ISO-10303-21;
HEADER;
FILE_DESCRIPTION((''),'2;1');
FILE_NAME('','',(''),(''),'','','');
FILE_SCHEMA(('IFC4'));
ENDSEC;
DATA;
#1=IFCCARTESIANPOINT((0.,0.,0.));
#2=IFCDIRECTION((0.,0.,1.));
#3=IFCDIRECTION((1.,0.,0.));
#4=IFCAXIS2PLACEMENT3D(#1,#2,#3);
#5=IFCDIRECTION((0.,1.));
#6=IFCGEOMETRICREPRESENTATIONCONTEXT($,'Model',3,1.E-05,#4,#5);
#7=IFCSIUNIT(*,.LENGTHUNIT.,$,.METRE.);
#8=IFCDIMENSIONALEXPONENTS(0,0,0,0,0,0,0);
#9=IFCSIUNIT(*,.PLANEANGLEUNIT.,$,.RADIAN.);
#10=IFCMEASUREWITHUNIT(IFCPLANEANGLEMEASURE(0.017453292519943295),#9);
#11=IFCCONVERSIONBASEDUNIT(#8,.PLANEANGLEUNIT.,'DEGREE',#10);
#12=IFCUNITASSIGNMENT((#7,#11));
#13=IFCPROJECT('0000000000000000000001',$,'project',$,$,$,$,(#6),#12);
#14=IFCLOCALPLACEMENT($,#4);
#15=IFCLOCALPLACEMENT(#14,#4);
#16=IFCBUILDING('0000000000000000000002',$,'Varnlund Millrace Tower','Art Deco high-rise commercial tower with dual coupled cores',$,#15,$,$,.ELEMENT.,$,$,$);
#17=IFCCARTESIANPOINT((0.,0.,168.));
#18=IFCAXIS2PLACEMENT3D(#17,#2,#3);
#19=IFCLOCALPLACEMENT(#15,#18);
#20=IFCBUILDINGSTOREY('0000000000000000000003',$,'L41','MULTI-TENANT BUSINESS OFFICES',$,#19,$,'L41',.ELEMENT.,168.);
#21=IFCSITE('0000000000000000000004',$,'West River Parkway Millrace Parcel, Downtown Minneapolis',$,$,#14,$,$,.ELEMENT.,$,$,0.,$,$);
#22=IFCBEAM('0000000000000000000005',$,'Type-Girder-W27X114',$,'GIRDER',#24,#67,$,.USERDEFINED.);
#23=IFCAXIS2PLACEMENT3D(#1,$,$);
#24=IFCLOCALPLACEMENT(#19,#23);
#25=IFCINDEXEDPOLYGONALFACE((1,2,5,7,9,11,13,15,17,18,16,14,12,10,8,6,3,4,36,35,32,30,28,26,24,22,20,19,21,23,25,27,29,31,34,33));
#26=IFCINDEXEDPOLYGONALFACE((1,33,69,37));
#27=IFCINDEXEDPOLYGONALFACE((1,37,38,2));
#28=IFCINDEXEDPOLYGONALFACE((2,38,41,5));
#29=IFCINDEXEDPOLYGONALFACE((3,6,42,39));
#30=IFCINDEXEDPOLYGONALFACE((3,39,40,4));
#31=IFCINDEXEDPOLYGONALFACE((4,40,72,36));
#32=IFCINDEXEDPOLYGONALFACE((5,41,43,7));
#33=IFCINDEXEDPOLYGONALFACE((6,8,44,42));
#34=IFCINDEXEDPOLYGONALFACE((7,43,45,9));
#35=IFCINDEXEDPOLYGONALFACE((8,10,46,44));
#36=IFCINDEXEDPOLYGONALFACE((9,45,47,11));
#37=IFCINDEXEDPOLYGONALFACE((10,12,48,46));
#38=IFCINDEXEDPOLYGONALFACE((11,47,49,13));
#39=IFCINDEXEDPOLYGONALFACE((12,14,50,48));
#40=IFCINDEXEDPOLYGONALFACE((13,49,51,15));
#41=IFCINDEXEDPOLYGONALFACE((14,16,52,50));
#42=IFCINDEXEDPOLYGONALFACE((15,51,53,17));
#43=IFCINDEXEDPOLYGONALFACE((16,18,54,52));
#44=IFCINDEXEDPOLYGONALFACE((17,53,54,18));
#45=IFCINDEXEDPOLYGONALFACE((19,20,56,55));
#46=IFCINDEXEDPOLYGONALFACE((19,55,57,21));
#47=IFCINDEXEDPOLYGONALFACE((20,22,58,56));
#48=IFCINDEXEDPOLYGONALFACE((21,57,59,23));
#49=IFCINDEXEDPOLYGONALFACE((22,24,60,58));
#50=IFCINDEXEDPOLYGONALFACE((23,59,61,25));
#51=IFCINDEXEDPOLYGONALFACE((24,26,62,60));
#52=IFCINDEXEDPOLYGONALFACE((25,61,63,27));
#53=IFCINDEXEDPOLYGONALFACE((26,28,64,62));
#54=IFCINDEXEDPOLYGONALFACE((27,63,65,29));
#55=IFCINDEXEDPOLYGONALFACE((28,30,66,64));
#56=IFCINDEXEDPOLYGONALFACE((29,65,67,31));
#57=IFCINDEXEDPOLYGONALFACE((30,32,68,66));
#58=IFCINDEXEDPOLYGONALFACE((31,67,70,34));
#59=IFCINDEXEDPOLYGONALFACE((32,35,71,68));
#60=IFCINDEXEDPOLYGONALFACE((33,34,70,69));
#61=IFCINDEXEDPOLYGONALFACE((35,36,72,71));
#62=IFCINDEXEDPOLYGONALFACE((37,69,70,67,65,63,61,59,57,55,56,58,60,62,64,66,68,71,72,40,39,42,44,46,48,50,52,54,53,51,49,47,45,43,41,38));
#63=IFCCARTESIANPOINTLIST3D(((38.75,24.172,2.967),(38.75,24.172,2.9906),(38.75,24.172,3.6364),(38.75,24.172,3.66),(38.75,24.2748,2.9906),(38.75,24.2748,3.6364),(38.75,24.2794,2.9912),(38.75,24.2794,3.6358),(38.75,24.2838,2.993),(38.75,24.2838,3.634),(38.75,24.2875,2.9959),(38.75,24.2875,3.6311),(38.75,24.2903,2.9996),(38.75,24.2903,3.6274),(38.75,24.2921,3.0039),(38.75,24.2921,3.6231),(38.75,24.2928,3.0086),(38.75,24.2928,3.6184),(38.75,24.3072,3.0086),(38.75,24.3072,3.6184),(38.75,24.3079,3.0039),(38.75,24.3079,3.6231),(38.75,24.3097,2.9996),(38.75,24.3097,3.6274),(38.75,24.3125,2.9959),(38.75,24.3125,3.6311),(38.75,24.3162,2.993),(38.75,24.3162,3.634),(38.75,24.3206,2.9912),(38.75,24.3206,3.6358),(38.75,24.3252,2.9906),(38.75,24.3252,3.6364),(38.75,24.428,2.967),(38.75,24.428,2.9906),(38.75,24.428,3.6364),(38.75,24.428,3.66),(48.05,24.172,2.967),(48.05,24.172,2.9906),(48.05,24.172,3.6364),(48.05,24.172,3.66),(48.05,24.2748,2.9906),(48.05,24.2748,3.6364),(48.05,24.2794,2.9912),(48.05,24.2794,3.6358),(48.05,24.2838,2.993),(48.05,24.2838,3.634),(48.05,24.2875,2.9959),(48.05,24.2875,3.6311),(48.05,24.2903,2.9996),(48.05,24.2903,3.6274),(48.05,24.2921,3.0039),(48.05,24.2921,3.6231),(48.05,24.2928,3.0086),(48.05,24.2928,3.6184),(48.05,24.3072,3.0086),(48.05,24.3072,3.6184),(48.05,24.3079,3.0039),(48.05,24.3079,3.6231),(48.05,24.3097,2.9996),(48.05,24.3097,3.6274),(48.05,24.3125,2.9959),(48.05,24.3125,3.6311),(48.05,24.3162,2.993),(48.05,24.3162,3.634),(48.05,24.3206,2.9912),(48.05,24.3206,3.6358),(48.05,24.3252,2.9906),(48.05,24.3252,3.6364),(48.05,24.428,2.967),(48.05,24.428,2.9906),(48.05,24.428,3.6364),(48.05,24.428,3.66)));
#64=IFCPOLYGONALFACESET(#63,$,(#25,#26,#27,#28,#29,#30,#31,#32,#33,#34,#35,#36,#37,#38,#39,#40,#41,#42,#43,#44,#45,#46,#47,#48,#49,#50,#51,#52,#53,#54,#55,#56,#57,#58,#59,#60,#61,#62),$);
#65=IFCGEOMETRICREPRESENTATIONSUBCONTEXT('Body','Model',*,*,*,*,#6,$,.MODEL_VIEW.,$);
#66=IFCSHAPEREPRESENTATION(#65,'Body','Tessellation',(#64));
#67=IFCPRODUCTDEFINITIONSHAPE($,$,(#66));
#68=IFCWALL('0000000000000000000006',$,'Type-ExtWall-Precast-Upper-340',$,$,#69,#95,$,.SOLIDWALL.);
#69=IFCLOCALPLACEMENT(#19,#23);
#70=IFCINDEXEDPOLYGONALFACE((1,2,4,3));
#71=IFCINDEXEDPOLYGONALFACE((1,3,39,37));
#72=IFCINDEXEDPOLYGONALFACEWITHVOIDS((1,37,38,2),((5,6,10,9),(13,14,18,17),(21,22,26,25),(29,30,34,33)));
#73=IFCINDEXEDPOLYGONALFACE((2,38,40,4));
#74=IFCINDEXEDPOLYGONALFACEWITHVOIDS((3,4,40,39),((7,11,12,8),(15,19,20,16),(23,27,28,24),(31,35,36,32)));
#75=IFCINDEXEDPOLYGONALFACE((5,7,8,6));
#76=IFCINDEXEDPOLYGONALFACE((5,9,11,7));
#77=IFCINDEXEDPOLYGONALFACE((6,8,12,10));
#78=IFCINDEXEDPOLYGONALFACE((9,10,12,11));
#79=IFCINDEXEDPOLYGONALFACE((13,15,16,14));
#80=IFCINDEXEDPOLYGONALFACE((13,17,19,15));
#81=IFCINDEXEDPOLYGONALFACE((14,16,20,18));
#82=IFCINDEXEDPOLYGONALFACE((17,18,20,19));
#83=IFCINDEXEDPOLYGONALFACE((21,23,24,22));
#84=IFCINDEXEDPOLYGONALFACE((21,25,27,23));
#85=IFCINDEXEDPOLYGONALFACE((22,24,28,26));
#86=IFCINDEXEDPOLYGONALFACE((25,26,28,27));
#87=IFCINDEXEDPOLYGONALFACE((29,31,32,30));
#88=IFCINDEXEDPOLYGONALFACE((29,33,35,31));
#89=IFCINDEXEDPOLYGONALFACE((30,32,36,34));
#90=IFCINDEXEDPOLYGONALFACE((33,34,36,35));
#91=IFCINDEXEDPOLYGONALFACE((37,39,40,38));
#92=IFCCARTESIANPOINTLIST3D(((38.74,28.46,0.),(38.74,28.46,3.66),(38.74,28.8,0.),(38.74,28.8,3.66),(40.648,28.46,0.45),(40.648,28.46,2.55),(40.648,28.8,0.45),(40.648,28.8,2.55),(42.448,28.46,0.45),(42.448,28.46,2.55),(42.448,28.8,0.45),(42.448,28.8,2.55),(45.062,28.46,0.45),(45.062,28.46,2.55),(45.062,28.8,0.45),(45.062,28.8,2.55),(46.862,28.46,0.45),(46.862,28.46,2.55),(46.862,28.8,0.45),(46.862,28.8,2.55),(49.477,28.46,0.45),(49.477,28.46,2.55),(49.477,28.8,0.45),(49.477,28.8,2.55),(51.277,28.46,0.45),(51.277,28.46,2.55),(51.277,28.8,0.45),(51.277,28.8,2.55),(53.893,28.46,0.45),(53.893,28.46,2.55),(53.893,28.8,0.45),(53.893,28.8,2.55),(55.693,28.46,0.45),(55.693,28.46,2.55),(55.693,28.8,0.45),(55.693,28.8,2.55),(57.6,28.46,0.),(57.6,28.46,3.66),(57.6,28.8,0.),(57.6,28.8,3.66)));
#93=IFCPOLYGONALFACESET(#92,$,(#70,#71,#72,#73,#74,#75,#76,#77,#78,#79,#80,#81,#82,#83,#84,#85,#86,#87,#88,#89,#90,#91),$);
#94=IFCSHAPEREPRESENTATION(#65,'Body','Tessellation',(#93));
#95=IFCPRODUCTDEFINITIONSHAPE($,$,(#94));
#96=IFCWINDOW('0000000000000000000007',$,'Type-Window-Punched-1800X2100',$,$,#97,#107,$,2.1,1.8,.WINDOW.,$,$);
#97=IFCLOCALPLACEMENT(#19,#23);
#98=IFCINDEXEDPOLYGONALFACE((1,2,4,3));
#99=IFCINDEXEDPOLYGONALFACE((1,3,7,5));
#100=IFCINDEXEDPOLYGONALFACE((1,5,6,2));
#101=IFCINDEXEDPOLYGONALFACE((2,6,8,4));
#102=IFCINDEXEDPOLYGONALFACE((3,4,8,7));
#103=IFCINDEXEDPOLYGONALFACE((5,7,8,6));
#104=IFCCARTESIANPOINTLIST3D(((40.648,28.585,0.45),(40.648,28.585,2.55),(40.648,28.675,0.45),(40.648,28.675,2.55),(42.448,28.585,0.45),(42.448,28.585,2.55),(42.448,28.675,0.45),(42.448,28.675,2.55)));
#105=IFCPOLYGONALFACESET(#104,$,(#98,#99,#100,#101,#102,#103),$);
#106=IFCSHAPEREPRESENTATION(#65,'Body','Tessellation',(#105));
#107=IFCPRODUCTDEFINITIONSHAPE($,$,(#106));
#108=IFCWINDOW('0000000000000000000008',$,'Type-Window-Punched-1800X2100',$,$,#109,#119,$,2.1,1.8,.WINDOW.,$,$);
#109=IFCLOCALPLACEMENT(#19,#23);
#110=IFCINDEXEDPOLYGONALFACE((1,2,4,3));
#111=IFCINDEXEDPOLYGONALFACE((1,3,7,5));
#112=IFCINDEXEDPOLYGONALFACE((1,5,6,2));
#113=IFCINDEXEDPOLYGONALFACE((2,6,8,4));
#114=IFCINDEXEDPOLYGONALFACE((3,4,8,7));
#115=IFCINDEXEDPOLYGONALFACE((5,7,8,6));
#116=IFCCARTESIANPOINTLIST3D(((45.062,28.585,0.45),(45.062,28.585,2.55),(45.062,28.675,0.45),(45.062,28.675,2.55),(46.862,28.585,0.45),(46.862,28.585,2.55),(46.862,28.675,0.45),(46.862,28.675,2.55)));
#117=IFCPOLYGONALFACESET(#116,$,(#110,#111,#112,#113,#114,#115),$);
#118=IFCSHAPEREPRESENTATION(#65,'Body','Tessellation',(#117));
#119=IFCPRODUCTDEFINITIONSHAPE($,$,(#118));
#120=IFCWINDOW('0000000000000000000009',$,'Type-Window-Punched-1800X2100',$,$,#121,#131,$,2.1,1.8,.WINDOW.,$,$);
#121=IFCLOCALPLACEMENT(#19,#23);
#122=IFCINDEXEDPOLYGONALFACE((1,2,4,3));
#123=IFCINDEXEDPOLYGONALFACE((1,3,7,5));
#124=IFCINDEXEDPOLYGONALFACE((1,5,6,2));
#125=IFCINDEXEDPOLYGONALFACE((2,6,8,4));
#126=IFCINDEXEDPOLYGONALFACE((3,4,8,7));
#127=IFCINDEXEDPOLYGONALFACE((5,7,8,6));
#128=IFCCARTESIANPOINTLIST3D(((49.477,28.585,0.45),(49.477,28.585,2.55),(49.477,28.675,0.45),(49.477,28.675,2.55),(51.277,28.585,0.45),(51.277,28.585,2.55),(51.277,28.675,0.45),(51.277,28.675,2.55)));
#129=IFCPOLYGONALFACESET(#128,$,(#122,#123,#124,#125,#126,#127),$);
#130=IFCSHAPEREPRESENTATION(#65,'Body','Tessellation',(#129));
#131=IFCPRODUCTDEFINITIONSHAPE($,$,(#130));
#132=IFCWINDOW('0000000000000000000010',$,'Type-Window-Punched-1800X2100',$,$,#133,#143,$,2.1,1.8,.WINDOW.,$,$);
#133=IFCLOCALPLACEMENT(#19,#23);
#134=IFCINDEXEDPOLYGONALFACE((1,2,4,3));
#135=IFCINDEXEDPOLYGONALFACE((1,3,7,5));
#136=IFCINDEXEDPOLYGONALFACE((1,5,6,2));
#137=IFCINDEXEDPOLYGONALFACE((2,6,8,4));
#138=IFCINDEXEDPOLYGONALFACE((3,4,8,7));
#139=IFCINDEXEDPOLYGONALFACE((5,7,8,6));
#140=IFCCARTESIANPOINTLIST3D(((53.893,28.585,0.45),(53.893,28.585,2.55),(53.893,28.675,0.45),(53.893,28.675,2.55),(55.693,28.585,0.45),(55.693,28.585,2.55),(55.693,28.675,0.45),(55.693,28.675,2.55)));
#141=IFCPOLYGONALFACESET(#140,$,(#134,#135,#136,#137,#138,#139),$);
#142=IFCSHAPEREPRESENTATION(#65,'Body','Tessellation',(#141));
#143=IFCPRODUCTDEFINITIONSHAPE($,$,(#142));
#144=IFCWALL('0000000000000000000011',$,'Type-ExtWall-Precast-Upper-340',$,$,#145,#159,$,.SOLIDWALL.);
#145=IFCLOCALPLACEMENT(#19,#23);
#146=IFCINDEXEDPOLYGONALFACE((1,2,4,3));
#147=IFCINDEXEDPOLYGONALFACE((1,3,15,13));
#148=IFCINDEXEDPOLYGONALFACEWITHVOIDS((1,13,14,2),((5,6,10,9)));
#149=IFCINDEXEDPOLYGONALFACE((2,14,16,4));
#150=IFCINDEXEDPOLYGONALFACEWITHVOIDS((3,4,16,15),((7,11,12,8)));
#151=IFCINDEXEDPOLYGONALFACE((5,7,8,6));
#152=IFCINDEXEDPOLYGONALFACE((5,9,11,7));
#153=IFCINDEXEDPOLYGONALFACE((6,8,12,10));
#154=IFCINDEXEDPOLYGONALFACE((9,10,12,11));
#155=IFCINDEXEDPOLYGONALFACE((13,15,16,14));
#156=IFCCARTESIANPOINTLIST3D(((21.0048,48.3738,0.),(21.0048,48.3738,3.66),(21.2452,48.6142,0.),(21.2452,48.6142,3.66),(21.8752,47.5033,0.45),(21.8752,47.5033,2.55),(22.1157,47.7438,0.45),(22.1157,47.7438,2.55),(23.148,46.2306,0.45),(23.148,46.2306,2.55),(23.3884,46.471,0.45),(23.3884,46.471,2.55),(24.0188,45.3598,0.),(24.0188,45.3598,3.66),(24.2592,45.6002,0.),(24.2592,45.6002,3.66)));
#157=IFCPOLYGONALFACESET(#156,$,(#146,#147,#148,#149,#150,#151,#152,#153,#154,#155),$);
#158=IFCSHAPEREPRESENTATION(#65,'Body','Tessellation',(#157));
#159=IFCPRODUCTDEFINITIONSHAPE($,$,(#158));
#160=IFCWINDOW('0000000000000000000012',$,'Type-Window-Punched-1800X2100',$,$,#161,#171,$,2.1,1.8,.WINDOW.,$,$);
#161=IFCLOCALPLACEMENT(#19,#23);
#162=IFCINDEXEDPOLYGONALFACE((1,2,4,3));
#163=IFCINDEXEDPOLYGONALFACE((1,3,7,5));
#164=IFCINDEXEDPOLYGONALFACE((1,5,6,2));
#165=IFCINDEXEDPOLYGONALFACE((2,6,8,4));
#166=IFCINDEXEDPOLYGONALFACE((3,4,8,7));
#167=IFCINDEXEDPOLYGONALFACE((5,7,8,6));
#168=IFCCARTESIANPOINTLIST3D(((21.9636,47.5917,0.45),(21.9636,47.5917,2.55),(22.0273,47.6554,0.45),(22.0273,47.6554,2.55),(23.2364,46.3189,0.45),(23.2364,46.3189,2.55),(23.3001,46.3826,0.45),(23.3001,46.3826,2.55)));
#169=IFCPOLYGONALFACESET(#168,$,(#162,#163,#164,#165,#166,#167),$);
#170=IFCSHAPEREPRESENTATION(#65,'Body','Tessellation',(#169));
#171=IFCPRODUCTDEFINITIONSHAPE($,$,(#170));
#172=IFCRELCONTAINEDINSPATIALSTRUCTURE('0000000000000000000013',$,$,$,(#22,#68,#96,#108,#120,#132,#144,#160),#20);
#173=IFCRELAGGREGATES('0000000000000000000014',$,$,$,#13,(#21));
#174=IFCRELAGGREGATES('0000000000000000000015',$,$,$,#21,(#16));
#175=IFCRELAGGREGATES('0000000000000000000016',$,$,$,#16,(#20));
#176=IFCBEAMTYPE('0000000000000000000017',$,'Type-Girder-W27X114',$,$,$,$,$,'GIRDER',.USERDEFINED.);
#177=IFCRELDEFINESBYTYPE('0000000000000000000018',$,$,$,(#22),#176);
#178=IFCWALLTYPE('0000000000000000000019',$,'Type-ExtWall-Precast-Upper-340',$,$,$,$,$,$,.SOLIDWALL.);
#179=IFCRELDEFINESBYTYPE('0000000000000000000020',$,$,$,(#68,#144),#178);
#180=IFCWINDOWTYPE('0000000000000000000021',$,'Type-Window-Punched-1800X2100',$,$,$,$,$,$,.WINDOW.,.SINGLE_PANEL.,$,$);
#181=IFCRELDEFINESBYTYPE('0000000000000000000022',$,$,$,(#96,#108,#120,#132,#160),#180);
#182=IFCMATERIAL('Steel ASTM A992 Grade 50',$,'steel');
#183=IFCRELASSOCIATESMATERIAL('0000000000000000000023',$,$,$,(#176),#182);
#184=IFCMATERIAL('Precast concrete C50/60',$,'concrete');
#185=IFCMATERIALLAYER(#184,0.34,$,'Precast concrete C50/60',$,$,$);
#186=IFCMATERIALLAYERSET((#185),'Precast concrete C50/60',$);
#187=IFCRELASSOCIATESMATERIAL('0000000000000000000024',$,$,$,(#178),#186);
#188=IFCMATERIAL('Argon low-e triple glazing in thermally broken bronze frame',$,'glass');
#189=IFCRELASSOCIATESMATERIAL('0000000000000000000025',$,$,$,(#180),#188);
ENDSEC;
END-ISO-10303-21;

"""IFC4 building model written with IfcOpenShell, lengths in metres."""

from ifc_helpers import new_model, entity, si_unit, converted_unit, direction, frame, origin_with_axes, origin_2d_with_axis, place, context, subcontext, project, spatial, polyline, rectangle, i_section, outline, extrude, material, layer, layer_set, material_profile, profile_set, type_object, element, fill, save


model = new_model("IFC4")

# Units and contexts
model_context = context("Model", 3, precision=1e-05, world=origin_with_axes(), true_north=direction((0.0, 1.0)))
body_context = subcontext(model_context, "Body", "Model", "MODEL_VIEW")
ifc_project = project(units=[si_unit("LENGTHUNIT", "METRE"), converted_unit("PLANEANGLEUNIT", "DEGREE", entity("IfcPlaneAngleMeasure", 0.017453292519943295), si_unit("PLANEANGLEUNIT", "RADIAN"), dimensions=[0, 0, 0, 0, 0, 0, 0])], contexts=[model_context])

# Site, building, storey
site_placement = place(None, origin_with_axes())
site = spatial("IfcSite", under=ifc_project, at=site_placement, Name="West River Parkway Millrace Parcel, Downtown Minneapolis", CompositionType="ELEMENT", RefElevation=0.0)
building_placement = place(site_placement, origin_with_axes())
building = spatial("IfcBuilding", under=site, at=building_placement, Name="Varnlund Millrace Tower", Description="Art Deco high-rise commercial tower with dual coupled cores", CompositionType="ELEMENT")
storey_placement = place(building_placement, frame((0.0, 0.0, 168.0), z_axis=(0.0, 0.0, 1.0), x_axis=(1.0, 0.0, 0.0)))
storey = spatial("IfcBuildingStorey", under=building, at=storey_placement, Name="L41", Description="MULTI-TENANT BUSINESS OFFICES", LongName="L41", CompositionType="ELEMENT", Elevation=168.0)

# Beam
ifc_material_1 = material(Name="Steel ASTM A992 Grade 50", Category="steel")
ifc_material_profile_1 = material_profile(ifc_material_1, i_section(OverallWidth=0.256, OverallDepth=0.693, WebThickness=0.0145, FlangeThickness=0.0236, FilletRadius=0.018, at=origin_2d_with_axis()), Name="Steel ASTM A992 Grade 50")
ifc_profile_set_1 = profile_set([ifc_material_profile_1], Name="Steel ASTM A992 Grade 50")
beam_type_1 = type_object("IfcBeamType", Name="Type-Girder-W27X114", ElementType="GIRDER", PredefinedType="USERDEFINED", material=ifc_profile_set_1)
beam_1_placement = place(storey_placement, frame((38.75, 24.3, 3.3135), z_axis=(1.0, 0.0, 0.0), x_axis=(0.0, 1.0, 0.0)))
element("IfcBeam", 1, at=beam_1_placement, inside=storey, type_object=beam_type_1, Name="Type-Girder-W27X114", ObjectType="GIRDER", PredefinedType="USERDEFINED", context=body_context, shape_type="SweptSolid", body=[
    extrude(i_section(OverallWidth=0.256, OverallDepth=0.693, WebThickness=0.0145, FlangeThickness=0.0236, FilletRadius=0.018, at=origin_2d_with_axis()), origin_with_axes(), (0.0, 0.0, 1.0), 9.3),
])

# Wall, openings, windows
ifc_material_2 = material(Name="Precast concrete C50/60", Category="concrete")
ifc_layer_1 = layer(ifc_material_2, 0.34, Name="Precast concrete C50/60")
ifc_layer_set_1 = layer_set([ifc_layer_1], Name="Precast concrete C50/60")
wall_type_1 = type_object("IfcWallType", Name="Type-ExtWall-Precast-Upper-340", PredefinedType="SOLIDWALL", material=ifc_layer_set_1)
wall_1_placement = place(storey_placement, frame((38.74, 28.63, 0.0), z_axis=(0.0, 0.0, 1.0), x_axis=(1.0, 0.0, 0.0)))
wall_1 = element("IfcWall", 2, at=wall_1_placement, inside=storey, type_object=wall_type_1, Name="Type-ExtWall-Precast-Upper-340", PredefinedType="SOLIDWALL", context=body_context, shape_type="SweptSolid", body=[
    extrude(outline(polyline([(0.0, -0.17), (18.86, -0.17), (18.86, 0.17), (0.0, 0.17), (0.0, -0.17)])), origin_with_axes(), (0.0, 0.0, 1.0), 3.66),
])
opening_1_placement = place(wall_1_placement, frame((2.808, 0.0, 0.45), z_axis=(0.0, 0.0, 1.0), x_axis=(1.0, 0.0, 0.0)))
opening_1 = element("IfcOpeningElement", 3, at=opening_1_placement, cuts=wall_1, PredefinedType="OPENING", context=body_context, shape_type="SweptSolid", body=[
    extrude(rectangle(XDim=1.8, YDim=0.36, at=origin_2d_with_axis()), origin_with_axes(), (0.0, 0.0, 1.0), 2.1),
])
opening_2_placement = place(wall_1_placement, frame((7.222, 0.0, 0.45), z_axis=(0.0, 0.0, 1.0), x_axis=(1.0, 0.0, 0.0)))
opening_2 = element("IfcOpeningElement", 4, at=opening_2_placement, cuts=wall_1, PredefinedType="OPENING", context=body_context, shape_type="SweptSolid", body=[
    extrude(rectangle(XDim=1.8, YDim=0.36, at=origin_2d_with_axis()), origin_with_axes(), (0.0, 0.0, 1.0), 2.1),
])
opening_3_placement = place(wall_1_placement, frame((11.637, 0.0, 0.45), z_axis=(0.0, 0.0, 1.0), x_axis=(1.0, 0.0, 0.0)))
opening_3 = element("IfcOpeningElement", 5, at=opening_3_placement, cuts=wall_1, PredefinedType="OPENING", context=body_context, shape_type="SweptSolid", body=[
    extrude(rectangle(XDim=1.8, YDim=0.36, at=origin_2d_with_axis()), origin_with_axes(), (0.0, 0.0, 1.0), 2.1),
])
opening_4_placement = place(wall_1_placement, frame((16.053, 0.0, 0.45), z_axis=(0.0, 0.0, 1.0), x_axis=(1.0, 0.0, 0.0)))
opening_4 = element("IfcOpeningElement", 6, at=opening_4_placement, cuts=wall_1, PredefinedType="OPENING", context=body_context, shape_type="SweptSolid", body=[
    extrude(rectangle(XDim=1.8, YDim=0.36, at=origin_2d_with_axis()), origin_with_axes(), (0.0, 0.0, 1.0), 2.1),
])
ifc_material_3 = material(Name="Argon low-e triple glazing in thermally broken bronze frame", Category="glass")
window_type_1 = type_object("IfcWindowType", Name="Type-Window-Punched-1800X2100", PartitioningType="SINGLE_PANEL", PredefinedType="WINDOW", material=ifc_material_3)
window_1_placement = place(wall_1_placement, frame((2.808, 0.0, 0.45), z_axis=(0.0, 0.0, 1.0), x_axis=(1.0, 0.0, 0.0)))
window_1 = element("IfcWindow", 7, at=window_1_placement, inside=storey, type_object=window_type_1, Name="Type-Window-Punched-1800X2100", OverallHeight=2.1, OverallWidth=1.8, PredefinedType="WINDOW", context=body_context, shape_type="SweptSolid", body=[
    extrude(rectangle(XDim=1.8, YDim=0.09, at=origin_2d_with_axis()), origin_with_axes(), (0.0, 0.0, 1.0), 2.1),
])
fill(opening_1, window_1)
window_2_placement = place(wall_1_placement, frame((7.222, 0.0, 0.45), z_axis=(0.0, 0.0, 1.0), x_axis=(1.0, 0.0, 0.0)))
window_2 = element("IfcWindow", 8, at=window_2_placement, inside=storey, type_object=window_type_1, Name="Type-Window-Punched-1800X2100", OverallHeight=2.1, OverallWidth=1.8, PredefinedType="WINDOW", context=body_context, shape_type="SweptSolid", body=[
    extrude(rectangle(XDim=1.8, YDim=0.09, at=origin_2d_with_axis()), origin_with_axes(), (0.0, 0.0, 1.0), 2.1),
])
fill(opening_2, window_2)
window_3_placement = place(wall_1_placement, frame((11.637, 0.0, 0.45), z_axis=(0.0, 0.0, 1.0), x_axis=(1.0, 0.0, 0.0)))
window_3 = element("IfcWindow", 9, at=window_3_placement, inside=storey, type_object=window_type_1, Name="Type-Window-Punched-1800X2100", OverallHeight=2.1, OverallWidth=1.8, PredefinedType="WINDOW", context=body_context, shape_type="SweptSolid", body=[
    extrude(rectangle(XDim=1.8, YDim=0.09, at=origin_2d_with_axis()), origin_with_axes(), (0.0, 0.0, 1.0), 2.1),
])
fill(opening_3, window_3)
window_4_placement = place(wall_1_placement, frame((16.053, 0.0, 0.45), z_axis=(0.0, 0.0, 1.0), x_axis=(1.0, 0.0, 0.0)))
window_4 = element("IfcWindow", 10, at=window_4_placement, inside=storey, type_object=window_type_1, Name="Type-Window-Punched-1800X2100", OverallHeight=2.1, OverallWidth=1.8, PredefinedType="WINDOW", context=body_context, shape_type="SweptSolid", body=[
    extrude(rectangle(XDim=1.8, YDim=0.09, at=origin_2d_with_axis()), origin_with_axes(), (0.0, 0.0, 1.0), 2.1),
])
fill(opening_4, window_4)

# Wall, opening, window
wall_2_placement = place(storey_placement, frame((21.125, 48.494, 0.0), z_axis=(0.0, 0.0, 1.0), x_axis=(0.707107, -0.707107, 0.0)))
wall_2 = element("IfcWall", 11, at=wall_2_placement, inside=storey, type_object=wall_type_1, Name="Type-ExtWall-Precast-Upper-340", PredefinedType="SOLIDWALL", context=body_context, shape_type="SweptSolid", body=[
    extrude(outline(polyline([(0.0, -0.17), (4.2624, -0.17), (4.2624, 0.17), (0.0, 0.17), (0.0, -0.17)])), origin_with_axes(), (0.0, 0.0, 1.0), 3.66),
])
opening_5_placement = place(wall_2_placement, frame((2.131, 0.0, 0.45), z_axis=(0.0, 0.0, 1.0), x_axis=(1.0, 0.0, 0.0)))
opening_5 = element("IfcOpeningElement", 12, at=opening_5_placement, cuts=wall_2, PredefinedType="OPENING", context=body_context, shape_type="SweptSolid", body=[
    extrude(rectangle(XDim=1.8, YDim=0.36, at=origin_2d_with_axis()), origin_with_axes(), (0.0, 0.0, 1.0), 2.1),
])
window_5_placement = place(wall_2_placement, frame((2.131, 0.0, 0.45), z_axis=(0.0, 0.0, 1.0), x_axis=(1.0, 0.0, 0.0)))
window_5 = element("IfcWindow", 13, at=window_5_placement, inside=storey, type_object=window_type_1, Name="Type-Window-Punched-1800X2100", OverallHeight=2.1, OverallWidth=1.8, PredefinedType="WINDOW", context=body_context, shape_type="SweptSolid", body=[
    extrude(rectangle(XDim=1.8, YDim=0.09, at=origin_2d_with_axis()), origin_with_axes(), (0.0, 0.0, 1.0), 2.1),
])
fill(opening_5, window_5)

save(model, "model.ifc")
